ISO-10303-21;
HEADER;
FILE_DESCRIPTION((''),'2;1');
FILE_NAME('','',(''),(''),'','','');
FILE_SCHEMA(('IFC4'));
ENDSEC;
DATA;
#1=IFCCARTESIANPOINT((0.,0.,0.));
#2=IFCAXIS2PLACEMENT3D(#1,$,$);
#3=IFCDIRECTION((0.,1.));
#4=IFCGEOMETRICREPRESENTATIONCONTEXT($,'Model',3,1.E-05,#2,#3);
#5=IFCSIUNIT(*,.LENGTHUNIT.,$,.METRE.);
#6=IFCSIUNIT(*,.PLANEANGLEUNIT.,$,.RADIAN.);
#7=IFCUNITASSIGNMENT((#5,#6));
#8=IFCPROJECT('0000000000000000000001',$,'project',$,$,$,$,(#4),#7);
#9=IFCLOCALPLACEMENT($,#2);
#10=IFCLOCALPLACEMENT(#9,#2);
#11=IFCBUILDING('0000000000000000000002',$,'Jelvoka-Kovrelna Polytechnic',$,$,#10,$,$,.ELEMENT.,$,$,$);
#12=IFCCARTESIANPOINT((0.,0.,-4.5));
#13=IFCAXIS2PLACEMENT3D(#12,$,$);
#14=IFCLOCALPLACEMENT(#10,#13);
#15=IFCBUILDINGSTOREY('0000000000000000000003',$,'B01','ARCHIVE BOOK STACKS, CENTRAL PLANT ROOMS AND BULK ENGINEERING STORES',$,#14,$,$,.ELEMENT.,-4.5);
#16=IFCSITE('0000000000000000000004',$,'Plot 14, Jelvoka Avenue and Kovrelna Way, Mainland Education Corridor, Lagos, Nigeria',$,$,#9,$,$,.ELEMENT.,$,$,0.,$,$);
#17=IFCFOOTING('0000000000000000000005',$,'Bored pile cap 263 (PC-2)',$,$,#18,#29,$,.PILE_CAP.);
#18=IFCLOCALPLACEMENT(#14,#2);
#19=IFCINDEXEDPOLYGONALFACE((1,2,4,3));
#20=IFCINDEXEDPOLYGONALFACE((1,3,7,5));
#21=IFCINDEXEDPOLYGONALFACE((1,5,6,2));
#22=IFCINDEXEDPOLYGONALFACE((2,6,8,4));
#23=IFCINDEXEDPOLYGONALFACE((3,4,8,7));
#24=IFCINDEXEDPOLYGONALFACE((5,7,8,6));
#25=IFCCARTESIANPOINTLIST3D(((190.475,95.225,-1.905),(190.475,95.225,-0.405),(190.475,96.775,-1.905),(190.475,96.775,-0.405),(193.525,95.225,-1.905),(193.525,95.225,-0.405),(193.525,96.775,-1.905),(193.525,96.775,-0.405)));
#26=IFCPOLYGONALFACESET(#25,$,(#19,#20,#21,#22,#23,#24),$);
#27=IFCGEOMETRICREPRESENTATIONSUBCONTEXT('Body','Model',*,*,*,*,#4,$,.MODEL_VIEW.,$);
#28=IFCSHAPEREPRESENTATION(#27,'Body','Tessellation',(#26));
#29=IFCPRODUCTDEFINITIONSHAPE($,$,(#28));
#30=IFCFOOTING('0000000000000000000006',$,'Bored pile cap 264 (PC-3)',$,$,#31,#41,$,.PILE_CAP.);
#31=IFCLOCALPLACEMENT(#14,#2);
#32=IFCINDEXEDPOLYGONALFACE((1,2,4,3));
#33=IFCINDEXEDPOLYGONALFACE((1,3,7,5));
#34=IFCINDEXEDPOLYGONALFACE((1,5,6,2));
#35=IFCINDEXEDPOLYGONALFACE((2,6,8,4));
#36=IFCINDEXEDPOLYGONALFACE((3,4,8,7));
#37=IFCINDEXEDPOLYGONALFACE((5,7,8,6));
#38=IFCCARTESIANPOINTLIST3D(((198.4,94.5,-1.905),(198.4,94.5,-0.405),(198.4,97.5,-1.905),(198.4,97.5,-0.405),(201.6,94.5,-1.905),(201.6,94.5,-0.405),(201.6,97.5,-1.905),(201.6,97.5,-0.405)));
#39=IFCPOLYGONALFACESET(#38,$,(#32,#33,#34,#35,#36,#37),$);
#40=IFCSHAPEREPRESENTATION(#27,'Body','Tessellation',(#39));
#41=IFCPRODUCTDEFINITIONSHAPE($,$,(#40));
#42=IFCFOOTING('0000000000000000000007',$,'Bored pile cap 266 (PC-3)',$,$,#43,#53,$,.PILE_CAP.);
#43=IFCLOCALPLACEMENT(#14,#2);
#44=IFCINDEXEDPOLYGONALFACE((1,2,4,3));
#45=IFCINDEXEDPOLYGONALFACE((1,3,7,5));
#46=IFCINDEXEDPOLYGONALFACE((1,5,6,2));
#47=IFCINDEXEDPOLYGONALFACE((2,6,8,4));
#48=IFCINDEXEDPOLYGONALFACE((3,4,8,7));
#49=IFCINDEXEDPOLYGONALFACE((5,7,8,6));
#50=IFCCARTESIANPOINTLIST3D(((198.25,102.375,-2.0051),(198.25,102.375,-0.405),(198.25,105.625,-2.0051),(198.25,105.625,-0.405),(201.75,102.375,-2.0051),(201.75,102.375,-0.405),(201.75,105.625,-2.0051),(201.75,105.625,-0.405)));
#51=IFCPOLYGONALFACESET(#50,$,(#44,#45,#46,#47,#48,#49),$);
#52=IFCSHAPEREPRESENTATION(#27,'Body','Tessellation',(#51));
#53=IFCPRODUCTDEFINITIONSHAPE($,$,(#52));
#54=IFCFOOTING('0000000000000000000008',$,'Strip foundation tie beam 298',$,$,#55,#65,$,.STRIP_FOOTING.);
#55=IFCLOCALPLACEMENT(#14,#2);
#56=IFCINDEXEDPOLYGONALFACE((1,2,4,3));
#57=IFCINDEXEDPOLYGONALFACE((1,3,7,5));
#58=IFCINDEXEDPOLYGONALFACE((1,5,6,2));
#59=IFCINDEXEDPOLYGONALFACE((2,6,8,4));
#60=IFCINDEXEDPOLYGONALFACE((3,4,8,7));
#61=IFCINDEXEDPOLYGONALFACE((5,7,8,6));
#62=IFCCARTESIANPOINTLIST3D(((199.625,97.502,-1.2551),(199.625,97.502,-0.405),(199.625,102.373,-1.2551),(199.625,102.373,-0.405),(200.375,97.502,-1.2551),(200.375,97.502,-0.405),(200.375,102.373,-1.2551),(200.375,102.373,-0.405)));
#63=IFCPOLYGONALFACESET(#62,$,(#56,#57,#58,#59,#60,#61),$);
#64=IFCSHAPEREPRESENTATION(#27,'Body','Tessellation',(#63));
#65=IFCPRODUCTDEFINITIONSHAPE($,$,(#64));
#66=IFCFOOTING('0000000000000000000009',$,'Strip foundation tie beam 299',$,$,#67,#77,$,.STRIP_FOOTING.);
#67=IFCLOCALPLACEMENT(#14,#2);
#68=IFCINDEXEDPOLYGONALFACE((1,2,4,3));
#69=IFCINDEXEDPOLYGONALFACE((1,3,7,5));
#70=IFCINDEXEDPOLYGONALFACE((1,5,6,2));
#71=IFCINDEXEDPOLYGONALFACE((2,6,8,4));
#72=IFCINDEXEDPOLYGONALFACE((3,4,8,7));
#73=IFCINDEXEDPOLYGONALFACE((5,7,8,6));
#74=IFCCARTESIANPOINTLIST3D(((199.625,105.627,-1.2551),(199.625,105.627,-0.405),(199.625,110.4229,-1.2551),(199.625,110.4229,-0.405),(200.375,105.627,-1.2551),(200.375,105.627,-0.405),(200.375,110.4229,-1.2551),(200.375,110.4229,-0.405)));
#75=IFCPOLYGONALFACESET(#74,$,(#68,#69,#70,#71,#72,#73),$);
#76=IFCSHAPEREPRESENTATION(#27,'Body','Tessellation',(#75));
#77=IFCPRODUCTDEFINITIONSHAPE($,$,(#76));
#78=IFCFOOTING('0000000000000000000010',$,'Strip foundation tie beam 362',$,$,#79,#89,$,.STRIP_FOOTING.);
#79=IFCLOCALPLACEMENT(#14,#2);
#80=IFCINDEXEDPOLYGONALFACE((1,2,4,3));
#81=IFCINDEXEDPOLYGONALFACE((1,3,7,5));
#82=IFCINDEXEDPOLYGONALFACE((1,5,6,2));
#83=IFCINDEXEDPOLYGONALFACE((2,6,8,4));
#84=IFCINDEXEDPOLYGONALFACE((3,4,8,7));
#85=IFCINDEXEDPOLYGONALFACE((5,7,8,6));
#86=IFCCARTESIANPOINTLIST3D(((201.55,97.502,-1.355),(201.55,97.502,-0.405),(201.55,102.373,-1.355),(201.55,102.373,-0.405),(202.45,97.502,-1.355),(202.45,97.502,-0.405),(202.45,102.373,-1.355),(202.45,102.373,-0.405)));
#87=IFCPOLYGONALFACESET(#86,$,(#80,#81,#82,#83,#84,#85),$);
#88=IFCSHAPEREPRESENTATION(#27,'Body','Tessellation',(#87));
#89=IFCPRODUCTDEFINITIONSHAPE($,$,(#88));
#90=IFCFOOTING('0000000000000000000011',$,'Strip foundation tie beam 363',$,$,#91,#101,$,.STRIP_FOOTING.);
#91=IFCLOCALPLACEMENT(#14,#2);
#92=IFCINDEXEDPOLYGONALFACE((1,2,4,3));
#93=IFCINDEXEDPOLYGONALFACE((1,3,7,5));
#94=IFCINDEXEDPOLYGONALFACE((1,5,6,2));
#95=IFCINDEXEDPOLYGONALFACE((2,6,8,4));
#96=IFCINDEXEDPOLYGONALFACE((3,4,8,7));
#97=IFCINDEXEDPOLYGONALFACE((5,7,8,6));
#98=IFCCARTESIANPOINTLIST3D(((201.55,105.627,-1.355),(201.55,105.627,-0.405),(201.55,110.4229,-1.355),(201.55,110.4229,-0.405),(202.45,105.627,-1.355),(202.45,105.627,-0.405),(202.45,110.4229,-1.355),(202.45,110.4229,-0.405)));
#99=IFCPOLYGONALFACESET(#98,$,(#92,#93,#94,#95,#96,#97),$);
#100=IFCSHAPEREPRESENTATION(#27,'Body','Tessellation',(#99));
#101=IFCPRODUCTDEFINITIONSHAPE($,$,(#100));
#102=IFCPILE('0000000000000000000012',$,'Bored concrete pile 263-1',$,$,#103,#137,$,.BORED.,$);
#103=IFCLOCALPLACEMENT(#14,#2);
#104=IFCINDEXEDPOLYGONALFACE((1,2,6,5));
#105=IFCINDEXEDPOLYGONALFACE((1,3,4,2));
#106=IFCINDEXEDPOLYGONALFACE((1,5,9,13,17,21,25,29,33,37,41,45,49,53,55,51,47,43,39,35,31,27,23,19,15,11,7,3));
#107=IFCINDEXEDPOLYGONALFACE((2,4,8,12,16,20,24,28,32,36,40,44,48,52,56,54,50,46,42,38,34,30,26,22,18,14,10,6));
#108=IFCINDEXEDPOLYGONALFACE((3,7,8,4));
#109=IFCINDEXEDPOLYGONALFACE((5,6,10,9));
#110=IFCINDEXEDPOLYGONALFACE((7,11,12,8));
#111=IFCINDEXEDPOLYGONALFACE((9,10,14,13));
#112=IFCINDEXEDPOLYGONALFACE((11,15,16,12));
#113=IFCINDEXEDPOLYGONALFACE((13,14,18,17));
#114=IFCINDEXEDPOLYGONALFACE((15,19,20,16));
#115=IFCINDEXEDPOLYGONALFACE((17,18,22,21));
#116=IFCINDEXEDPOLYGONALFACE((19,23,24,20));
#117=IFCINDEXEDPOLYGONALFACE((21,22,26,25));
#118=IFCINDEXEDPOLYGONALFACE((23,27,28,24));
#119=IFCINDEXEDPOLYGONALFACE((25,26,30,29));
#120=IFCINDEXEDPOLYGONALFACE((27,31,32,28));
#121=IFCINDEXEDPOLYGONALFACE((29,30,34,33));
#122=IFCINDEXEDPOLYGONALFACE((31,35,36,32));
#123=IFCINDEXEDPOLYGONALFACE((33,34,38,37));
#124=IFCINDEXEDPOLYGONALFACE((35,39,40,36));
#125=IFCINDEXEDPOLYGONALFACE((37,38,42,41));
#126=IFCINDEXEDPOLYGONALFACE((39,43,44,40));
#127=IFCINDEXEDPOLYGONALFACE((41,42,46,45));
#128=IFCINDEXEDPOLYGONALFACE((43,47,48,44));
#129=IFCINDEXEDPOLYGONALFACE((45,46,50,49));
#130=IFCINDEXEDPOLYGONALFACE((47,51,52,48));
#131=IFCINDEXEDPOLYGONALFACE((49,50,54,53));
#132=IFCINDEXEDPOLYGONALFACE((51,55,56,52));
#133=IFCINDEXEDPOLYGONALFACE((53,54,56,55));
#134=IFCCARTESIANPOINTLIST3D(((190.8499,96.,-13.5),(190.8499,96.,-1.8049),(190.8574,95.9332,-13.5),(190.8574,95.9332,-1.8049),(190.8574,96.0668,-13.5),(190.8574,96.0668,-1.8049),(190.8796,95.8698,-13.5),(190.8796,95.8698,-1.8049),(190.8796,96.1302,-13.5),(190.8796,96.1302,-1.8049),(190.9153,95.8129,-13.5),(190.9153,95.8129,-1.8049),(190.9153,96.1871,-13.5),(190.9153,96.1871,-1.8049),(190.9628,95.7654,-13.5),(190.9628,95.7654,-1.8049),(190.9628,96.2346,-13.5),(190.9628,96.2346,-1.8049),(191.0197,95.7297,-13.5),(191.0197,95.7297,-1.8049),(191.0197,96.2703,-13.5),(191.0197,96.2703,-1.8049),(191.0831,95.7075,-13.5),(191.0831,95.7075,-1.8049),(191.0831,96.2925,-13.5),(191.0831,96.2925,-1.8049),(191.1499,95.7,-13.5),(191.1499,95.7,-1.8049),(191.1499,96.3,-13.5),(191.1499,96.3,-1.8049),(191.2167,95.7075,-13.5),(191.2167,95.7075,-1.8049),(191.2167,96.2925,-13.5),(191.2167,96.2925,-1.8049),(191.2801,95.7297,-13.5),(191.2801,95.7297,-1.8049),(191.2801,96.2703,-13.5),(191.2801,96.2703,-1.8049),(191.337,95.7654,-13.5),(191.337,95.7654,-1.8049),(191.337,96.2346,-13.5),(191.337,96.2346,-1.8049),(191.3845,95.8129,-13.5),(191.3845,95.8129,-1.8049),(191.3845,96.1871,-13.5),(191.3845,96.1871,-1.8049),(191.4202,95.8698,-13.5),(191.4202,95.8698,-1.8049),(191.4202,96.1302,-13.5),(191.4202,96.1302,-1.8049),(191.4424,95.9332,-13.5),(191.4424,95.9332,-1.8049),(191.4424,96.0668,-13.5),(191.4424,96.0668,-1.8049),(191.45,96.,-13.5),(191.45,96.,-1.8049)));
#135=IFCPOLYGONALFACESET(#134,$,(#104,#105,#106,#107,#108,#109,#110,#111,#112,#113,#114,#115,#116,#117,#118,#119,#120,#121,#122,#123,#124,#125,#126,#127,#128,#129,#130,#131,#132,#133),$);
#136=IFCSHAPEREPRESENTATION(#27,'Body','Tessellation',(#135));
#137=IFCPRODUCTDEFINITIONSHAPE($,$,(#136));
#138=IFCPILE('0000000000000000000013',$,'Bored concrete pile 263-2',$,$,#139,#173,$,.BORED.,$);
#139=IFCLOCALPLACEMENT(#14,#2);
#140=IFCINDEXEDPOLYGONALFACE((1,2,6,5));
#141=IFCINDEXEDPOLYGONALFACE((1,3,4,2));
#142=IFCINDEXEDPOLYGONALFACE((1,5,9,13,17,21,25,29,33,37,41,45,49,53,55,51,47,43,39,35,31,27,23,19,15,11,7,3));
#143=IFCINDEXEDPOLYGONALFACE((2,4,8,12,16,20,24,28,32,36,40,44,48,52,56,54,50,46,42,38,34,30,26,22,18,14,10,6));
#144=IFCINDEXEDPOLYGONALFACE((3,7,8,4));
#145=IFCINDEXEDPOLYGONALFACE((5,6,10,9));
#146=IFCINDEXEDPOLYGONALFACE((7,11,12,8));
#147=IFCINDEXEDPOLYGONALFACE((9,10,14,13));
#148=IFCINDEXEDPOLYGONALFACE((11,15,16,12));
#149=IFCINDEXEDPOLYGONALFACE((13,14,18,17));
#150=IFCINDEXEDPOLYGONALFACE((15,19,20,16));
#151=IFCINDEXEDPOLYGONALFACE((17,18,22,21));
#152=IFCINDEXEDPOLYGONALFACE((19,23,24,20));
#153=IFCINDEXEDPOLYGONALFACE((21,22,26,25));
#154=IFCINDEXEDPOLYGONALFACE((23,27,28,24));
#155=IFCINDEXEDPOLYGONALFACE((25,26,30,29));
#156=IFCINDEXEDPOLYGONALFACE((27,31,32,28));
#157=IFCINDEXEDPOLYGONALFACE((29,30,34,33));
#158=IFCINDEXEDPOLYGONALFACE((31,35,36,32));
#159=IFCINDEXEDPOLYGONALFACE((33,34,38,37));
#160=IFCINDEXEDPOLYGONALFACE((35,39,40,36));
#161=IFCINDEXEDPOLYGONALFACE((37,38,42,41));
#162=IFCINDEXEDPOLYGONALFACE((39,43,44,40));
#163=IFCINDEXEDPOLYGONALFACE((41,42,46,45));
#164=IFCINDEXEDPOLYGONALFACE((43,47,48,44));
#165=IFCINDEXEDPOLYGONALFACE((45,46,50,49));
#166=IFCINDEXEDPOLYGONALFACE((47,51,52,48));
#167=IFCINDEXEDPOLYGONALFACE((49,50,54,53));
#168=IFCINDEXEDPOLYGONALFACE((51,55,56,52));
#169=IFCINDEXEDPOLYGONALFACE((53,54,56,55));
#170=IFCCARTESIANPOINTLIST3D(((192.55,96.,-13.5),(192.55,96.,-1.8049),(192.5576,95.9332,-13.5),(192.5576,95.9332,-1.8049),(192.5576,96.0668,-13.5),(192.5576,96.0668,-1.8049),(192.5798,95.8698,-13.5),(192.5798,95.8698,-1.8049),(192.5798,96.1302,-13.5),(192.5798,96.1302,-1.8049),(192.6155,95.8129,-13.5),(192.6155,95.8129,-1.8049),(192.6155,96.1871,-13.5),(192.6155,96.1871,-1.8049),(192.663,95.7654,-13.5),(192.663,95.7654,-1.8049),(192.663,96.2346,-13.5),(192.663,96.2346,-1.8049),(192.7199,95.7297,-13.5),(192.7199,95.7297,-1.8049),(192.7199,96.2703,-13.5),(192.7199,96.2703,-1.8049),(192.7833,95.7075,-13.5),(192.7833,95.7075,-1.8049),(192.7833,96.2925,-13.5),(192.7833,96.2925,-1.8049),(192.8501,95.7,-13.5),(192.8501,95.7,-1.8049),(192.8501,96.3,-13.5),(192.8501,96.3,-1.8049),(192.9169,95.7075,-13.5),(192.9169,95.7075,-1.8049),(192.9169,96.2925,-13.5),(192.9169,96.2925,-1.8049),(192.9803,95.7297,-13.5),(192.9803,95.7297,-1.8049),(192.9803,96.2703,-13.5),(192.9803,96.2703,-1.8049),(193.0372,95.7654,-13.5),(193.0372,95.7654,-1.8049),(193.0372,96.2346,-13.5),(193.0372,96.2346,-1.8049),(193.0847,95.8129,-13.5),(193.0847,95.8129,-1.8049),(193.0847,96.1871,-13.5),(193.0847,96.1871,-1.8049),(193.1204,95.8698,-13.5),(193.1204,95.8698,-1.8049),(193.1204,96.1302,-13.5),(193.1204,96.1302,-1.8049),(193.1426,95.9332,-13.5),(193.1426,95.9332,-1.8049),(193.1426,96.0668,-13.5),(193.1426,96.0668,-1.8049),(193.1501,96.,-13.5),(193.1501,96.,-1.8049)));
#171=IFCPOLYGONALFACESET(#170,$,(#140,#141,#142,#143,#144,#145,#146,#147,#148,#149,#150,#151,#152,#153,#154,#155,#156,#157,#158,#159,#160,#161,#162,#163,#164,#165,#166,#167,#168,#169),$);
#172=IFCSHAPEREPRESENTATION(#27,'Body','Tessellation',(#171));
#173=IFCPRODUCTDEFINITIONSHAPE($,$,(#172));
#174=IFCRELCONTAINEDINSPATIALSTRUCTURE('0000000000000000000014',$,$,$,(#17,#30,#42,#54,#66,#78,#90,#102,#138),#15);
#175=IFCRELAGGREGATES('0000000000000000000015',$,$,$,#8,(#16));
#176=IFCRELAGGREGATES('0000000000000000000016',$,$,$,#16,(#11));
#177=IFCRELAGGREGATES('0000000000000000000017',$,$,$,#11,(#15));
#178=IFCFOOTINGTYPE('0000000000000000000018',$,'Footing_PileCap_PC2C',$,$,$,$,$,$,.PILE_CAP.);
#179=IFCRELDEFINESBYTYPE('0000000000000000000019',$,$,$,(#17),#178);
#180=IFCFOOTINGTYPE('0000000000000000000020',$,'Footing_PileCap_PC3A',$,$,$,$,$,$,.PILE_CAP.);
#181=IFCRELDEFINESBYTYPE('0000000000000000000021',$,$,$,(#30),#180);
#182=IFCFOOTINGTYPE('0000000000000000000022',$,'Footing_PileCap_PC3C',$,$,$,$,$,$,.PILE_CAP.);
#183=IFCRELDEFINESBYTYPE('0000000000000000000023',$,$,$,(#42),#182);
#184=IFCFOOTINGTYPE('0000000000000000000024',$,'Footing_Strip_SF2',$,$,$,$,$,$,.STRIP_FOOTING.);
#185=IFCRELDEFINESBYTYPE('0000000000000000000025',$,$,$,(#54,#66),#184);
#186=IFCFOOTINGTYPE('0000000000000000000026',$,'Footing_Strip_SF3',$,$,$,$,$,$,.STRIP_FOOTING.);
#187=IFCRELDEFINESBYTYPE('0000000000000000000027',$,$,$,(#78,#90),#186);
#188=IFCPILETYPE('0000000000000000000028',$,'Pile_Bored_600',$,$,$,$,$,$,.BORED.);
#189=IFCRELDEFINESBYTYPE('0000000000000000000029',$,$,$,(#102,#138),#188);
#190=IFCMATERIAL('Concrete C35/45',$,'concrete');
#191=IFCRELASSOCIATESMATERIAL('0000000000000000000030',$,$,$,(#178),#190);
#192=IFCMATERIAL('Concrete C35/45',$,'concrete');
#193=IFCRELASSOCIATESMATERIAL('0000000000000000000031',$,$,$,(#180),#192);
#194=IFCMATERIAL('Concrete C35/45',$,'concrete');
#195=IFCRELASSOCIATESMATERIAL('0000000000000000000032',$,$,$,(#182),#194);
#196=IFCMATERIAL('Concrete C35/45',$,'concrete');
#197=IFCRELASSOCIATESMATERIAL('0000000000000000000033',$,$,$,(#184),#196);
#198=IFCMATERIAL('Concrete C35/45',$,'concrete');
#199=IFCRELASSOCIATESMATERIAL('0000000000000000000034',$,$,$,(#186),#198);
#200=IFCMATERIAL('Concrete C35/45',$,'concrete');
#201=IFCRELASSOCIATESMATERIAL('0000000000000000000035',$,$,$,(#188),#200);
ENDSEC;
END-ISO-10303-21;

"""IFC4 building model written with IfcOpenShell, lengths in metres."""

from ifc_helpers import new_model, si_unit, direction, frame, origin, origin_2d, place, context, subcontext, project, spatial, rectangle, circle, extrude, material, material_profile, profile_set, type_object, element, save


model = new_model("IFC4")

# Units and contexts
model_context = context("Model", 3, precision=1e-05, world=origin(), true_north=direction((0.0, 1.0)))
body_context = subcontext(model_context, "Body", "Model", "MODEL_VIEW")
ifc_project = project(units=[si_unit("LENGTHUNIT", "METRE"), si_unit("PLANEANGLEUNIT", "RADIAN")], contexts=[model_context])

# Site, building, storey
site_placement = place(None, origin())
site = spatial("IfcSite", under=ifc_project, at=site_placement, Name="Plot 14, Jelvoka Avenue and Kovrelna Way, Mainland Education Corridor, Lagos, Nigeria", CompositionType="ELEMENT", RefElevation=0.0)
building_placement = place(site_placement, origin())
building = spatial("IfcBuilding", under=site, at=building_placement, Name="Jelvoka-Kovrelna Polytechnic", CompositionType="ELEMENT")
storey_placement = place(building_placement, frame((0.0, 0.0, -4.5)))
storey = spatial("IfcBuildingStorey", under=building, at=storey_placement, Name="B01", Description="ARCHIVE BOOK STACKS, CENTRAL PLANT ROOMS AND BULK ENGINEERING STORES", CompositionType="ELEMENT", Elevation=-4.5)

# Footings
ifc_material_1 = material(Name="Concrete C35/45", Category="concrete")
footing_type_1 = type_object("IfcFootingType", Name="Footing_PileCap_PC2C", PredefinedType="PILE_CAP", material=ifc_material_1)
footing_1_placement = place(storey_placement, frame((192.0, 96.0, -1.905), z_axis=(0.0, 0.0, 1.0), x_axis=(1.0, 0.0, 0.0)))
element("IfcFooting", 1, at=footing_1_placement, inside=storey, type_object=footing_type_1, Name="Bored pile cap 263 (PC-2)", PredefinedType="PILE_CAP", context=body_context, shape_type="SweptSolid", body=[
    extrude(rectangle(XDim=3.05, YDim=1.55, at=origin_2d()), origin(), (0.0, 0.0, 1.0), 1.5),
])
ifc_material_2 = material(Name="Concrete C35/45", Category="concrete")
footing_type_2 = type_object("IfcFootingType", Name="Footing_PileCap_PC3A", PredefinedType="PILE_CAP", material=ifc_material_2)
footing_2_placement = place(storey_placement, frame((200.0, 96.0, -1.905), z_axis=(0.0, 0.0, 1.0), x_axis=(1.0, 0.0, 0.0)))
element("IfcFooting", 2, at=footing_2_placement, inside=storey, type_object=footing_type_2, Name="Bored pile cap 264 (PC-3)", PredefinedType="PILE_CAP", context=body_context, shape_type="SweptSolid", body=[
    extrude(rectangle(XDim=3.2, YDim=3.0, at=origin_2d()), origin(), (0.0, 0.0, 1.0), 1.5),
])
ifc_material_3 = material(Name="Concrete C35/45", Category="concrete")
footing_type_3 = type_object("IfcFootingType", Name="Footing_PileCap_PC3C", PredefinedType="PILE_CAP", material=ifc_material_3)
footing_3_placement = place(storey_placement, frame((200.0, 104.0, -2.0051), z_axis=(0.0, 0.0, 1.0), x_axis=(1.0, 0.0, 0.0)))
element("IfcFooting", 3, at=footing_3_placement, inside=storey, type_object=footing_type_3, Name="Bored pile cap 266 (PC-3)", PredefinedType="PILE_CAP", context=body_context, shape_type="SweptSolid", body=[
    extrude(rectangle(XDim=3.5, YDim=3.25, at=origin_2d()), origin(), (0.0, 0.0, 1.0), 1.6001),
])
ifc_material_4 = material(Name="Concrete C35/45", Category="concrete")
footing_type_4 = type_object("IfcFootingType", Name="Footing_Strip_SF2", PredefinedType="STRIP_FOOTING", material=ifc_material_4)
footing_4_placement = place(storey_placement, frame((200.0, 99.9375, -1.2551), z_axis=(0.0, 0.0, 1.0), x_axis=(0.0, 1.0, 0.0)))
element("IfcFooting", 4, at=footing_4_placement, inside=storey, type_object=footing_type_4, Name="Strip foundation tie beam 298", PredefinedType="STRIP_FOOTING", context=body_context, shape_type="SweptSolid", body=[
    extrude(rectangle(XDim=4.8711, YDim=0.75, at=origin_2d()), origin(), (0.0, 0.0, 1.0), 0.8501),
])
footing_5_placement = place(storey_placement, frame((200.0, 108.0249, -1.2551), z_axis=(0.0, 0.0, 1.0), x_axis=(0.0, 1.0, 0.0)))
element("IfcFooting", 5, at=footing_5_placement, inside=storey, type_object=footing_type_4, Name="Strip foundation tie beam 299", PredefinedType="STRIP_FOOTING", context=body_context, shape_type="SweptSolid", body=[
    extrude(rectangle(XDim=4.7959, YDim=0.75, at=origin_2d()), origin(), (0.0, 0.0, 1.0), 0.8501),
])
ifc_material_5 = material(Name="Concrete C35/45", Category="concrete")
footing_type_5 = type_object("IfcFootingType", Name="Footing_Strip_SF3", PredefinedType="STRIP_FOOTING", material=ifc_material_5)
footing_6_placement = place(storey_placement, frame((202.0, 99.9375, -1.355), z_axis=(0.0, 0.0, 1.0), x_axis=(0.0, 1.0, 0.0)))
element("IfcFooting", 6, at=footing_6_placement, inside=storey, type_object=footing_type_5, Name="Strip foundation tie beam 362", PredefinedType="STRIP_FOOTING", context=body_context, shape_type="SweptSolid", body=[
    extrude(rectangle(XDim=4.8711, YDim=0.8999, at=origin_2d()), origin(), (0.0, 0.0, 1.0), 0.95),
])
footing_7_placement = place(storey_placement, frame((202.0, 108.0249, -1.355), z_axis=(0.0, 0.0, 1.0), x_axis=(0.0, 1.0, 0.0)))
element("IfcFooting", 7, at=footing_7_placement, inside=storey, type_object=footing_type_5, Name="Strip foundation tie beam 363", PredefinedType="STRIP_FOOTING", context=body_context, shape_type="SweptSolid", body=[
    extrude(rectangle(XDim=4.7959, YDim=0.8999, at=origin_2d()), origin(), (0.0, 0.0, 1.0), 0.95),
])

# Piles
ifc_material_6 = material(Name="Concrete C35/45", Category="concrete")
ifc_material_profile_1 = material_profile(ifc_material_6, circle(Radius=0.3, at=origin_2d()), Name="PILE D600")
ifc_profile_set_1 = profile_set([ifc_material_profile_1], Name="Concrete C35/45")
pile_type_1 = type_object("IfcPileType", Name="Pile_Bored_600", PredefinedType="BORED", material=ifc_profile_set_1)
for number, where, z_axis, x_axis, name in (
    (8, (191.1499, 96.0, -1.8049), (0.0, 0.0, -1.0), (1.0, 0.0, 0.0), "Bored concrete pile 263-1"),
    (9, (192.8501, 96.0, -1.8049), (0.0, 0.0, -1.0), (1.0, 0.0, 0.0), "Bored concrete pile 263-2"),
):
    element("IfcPile", number, at=place(storey_placement, frame(where, z_axis=z_axis, x_axis=x_axis)), inside=storey, type_object=pile_type_1, Name=name, PredefinedType="BORED", context=body_context, shape_type="SweptSolid", body=[
        extrude(circle(Radius=0.3, at=origin_2d()), origin(), (0.0, 0.0, 1.0), 11.6951),
    ])

save(model, "model.ifc")
